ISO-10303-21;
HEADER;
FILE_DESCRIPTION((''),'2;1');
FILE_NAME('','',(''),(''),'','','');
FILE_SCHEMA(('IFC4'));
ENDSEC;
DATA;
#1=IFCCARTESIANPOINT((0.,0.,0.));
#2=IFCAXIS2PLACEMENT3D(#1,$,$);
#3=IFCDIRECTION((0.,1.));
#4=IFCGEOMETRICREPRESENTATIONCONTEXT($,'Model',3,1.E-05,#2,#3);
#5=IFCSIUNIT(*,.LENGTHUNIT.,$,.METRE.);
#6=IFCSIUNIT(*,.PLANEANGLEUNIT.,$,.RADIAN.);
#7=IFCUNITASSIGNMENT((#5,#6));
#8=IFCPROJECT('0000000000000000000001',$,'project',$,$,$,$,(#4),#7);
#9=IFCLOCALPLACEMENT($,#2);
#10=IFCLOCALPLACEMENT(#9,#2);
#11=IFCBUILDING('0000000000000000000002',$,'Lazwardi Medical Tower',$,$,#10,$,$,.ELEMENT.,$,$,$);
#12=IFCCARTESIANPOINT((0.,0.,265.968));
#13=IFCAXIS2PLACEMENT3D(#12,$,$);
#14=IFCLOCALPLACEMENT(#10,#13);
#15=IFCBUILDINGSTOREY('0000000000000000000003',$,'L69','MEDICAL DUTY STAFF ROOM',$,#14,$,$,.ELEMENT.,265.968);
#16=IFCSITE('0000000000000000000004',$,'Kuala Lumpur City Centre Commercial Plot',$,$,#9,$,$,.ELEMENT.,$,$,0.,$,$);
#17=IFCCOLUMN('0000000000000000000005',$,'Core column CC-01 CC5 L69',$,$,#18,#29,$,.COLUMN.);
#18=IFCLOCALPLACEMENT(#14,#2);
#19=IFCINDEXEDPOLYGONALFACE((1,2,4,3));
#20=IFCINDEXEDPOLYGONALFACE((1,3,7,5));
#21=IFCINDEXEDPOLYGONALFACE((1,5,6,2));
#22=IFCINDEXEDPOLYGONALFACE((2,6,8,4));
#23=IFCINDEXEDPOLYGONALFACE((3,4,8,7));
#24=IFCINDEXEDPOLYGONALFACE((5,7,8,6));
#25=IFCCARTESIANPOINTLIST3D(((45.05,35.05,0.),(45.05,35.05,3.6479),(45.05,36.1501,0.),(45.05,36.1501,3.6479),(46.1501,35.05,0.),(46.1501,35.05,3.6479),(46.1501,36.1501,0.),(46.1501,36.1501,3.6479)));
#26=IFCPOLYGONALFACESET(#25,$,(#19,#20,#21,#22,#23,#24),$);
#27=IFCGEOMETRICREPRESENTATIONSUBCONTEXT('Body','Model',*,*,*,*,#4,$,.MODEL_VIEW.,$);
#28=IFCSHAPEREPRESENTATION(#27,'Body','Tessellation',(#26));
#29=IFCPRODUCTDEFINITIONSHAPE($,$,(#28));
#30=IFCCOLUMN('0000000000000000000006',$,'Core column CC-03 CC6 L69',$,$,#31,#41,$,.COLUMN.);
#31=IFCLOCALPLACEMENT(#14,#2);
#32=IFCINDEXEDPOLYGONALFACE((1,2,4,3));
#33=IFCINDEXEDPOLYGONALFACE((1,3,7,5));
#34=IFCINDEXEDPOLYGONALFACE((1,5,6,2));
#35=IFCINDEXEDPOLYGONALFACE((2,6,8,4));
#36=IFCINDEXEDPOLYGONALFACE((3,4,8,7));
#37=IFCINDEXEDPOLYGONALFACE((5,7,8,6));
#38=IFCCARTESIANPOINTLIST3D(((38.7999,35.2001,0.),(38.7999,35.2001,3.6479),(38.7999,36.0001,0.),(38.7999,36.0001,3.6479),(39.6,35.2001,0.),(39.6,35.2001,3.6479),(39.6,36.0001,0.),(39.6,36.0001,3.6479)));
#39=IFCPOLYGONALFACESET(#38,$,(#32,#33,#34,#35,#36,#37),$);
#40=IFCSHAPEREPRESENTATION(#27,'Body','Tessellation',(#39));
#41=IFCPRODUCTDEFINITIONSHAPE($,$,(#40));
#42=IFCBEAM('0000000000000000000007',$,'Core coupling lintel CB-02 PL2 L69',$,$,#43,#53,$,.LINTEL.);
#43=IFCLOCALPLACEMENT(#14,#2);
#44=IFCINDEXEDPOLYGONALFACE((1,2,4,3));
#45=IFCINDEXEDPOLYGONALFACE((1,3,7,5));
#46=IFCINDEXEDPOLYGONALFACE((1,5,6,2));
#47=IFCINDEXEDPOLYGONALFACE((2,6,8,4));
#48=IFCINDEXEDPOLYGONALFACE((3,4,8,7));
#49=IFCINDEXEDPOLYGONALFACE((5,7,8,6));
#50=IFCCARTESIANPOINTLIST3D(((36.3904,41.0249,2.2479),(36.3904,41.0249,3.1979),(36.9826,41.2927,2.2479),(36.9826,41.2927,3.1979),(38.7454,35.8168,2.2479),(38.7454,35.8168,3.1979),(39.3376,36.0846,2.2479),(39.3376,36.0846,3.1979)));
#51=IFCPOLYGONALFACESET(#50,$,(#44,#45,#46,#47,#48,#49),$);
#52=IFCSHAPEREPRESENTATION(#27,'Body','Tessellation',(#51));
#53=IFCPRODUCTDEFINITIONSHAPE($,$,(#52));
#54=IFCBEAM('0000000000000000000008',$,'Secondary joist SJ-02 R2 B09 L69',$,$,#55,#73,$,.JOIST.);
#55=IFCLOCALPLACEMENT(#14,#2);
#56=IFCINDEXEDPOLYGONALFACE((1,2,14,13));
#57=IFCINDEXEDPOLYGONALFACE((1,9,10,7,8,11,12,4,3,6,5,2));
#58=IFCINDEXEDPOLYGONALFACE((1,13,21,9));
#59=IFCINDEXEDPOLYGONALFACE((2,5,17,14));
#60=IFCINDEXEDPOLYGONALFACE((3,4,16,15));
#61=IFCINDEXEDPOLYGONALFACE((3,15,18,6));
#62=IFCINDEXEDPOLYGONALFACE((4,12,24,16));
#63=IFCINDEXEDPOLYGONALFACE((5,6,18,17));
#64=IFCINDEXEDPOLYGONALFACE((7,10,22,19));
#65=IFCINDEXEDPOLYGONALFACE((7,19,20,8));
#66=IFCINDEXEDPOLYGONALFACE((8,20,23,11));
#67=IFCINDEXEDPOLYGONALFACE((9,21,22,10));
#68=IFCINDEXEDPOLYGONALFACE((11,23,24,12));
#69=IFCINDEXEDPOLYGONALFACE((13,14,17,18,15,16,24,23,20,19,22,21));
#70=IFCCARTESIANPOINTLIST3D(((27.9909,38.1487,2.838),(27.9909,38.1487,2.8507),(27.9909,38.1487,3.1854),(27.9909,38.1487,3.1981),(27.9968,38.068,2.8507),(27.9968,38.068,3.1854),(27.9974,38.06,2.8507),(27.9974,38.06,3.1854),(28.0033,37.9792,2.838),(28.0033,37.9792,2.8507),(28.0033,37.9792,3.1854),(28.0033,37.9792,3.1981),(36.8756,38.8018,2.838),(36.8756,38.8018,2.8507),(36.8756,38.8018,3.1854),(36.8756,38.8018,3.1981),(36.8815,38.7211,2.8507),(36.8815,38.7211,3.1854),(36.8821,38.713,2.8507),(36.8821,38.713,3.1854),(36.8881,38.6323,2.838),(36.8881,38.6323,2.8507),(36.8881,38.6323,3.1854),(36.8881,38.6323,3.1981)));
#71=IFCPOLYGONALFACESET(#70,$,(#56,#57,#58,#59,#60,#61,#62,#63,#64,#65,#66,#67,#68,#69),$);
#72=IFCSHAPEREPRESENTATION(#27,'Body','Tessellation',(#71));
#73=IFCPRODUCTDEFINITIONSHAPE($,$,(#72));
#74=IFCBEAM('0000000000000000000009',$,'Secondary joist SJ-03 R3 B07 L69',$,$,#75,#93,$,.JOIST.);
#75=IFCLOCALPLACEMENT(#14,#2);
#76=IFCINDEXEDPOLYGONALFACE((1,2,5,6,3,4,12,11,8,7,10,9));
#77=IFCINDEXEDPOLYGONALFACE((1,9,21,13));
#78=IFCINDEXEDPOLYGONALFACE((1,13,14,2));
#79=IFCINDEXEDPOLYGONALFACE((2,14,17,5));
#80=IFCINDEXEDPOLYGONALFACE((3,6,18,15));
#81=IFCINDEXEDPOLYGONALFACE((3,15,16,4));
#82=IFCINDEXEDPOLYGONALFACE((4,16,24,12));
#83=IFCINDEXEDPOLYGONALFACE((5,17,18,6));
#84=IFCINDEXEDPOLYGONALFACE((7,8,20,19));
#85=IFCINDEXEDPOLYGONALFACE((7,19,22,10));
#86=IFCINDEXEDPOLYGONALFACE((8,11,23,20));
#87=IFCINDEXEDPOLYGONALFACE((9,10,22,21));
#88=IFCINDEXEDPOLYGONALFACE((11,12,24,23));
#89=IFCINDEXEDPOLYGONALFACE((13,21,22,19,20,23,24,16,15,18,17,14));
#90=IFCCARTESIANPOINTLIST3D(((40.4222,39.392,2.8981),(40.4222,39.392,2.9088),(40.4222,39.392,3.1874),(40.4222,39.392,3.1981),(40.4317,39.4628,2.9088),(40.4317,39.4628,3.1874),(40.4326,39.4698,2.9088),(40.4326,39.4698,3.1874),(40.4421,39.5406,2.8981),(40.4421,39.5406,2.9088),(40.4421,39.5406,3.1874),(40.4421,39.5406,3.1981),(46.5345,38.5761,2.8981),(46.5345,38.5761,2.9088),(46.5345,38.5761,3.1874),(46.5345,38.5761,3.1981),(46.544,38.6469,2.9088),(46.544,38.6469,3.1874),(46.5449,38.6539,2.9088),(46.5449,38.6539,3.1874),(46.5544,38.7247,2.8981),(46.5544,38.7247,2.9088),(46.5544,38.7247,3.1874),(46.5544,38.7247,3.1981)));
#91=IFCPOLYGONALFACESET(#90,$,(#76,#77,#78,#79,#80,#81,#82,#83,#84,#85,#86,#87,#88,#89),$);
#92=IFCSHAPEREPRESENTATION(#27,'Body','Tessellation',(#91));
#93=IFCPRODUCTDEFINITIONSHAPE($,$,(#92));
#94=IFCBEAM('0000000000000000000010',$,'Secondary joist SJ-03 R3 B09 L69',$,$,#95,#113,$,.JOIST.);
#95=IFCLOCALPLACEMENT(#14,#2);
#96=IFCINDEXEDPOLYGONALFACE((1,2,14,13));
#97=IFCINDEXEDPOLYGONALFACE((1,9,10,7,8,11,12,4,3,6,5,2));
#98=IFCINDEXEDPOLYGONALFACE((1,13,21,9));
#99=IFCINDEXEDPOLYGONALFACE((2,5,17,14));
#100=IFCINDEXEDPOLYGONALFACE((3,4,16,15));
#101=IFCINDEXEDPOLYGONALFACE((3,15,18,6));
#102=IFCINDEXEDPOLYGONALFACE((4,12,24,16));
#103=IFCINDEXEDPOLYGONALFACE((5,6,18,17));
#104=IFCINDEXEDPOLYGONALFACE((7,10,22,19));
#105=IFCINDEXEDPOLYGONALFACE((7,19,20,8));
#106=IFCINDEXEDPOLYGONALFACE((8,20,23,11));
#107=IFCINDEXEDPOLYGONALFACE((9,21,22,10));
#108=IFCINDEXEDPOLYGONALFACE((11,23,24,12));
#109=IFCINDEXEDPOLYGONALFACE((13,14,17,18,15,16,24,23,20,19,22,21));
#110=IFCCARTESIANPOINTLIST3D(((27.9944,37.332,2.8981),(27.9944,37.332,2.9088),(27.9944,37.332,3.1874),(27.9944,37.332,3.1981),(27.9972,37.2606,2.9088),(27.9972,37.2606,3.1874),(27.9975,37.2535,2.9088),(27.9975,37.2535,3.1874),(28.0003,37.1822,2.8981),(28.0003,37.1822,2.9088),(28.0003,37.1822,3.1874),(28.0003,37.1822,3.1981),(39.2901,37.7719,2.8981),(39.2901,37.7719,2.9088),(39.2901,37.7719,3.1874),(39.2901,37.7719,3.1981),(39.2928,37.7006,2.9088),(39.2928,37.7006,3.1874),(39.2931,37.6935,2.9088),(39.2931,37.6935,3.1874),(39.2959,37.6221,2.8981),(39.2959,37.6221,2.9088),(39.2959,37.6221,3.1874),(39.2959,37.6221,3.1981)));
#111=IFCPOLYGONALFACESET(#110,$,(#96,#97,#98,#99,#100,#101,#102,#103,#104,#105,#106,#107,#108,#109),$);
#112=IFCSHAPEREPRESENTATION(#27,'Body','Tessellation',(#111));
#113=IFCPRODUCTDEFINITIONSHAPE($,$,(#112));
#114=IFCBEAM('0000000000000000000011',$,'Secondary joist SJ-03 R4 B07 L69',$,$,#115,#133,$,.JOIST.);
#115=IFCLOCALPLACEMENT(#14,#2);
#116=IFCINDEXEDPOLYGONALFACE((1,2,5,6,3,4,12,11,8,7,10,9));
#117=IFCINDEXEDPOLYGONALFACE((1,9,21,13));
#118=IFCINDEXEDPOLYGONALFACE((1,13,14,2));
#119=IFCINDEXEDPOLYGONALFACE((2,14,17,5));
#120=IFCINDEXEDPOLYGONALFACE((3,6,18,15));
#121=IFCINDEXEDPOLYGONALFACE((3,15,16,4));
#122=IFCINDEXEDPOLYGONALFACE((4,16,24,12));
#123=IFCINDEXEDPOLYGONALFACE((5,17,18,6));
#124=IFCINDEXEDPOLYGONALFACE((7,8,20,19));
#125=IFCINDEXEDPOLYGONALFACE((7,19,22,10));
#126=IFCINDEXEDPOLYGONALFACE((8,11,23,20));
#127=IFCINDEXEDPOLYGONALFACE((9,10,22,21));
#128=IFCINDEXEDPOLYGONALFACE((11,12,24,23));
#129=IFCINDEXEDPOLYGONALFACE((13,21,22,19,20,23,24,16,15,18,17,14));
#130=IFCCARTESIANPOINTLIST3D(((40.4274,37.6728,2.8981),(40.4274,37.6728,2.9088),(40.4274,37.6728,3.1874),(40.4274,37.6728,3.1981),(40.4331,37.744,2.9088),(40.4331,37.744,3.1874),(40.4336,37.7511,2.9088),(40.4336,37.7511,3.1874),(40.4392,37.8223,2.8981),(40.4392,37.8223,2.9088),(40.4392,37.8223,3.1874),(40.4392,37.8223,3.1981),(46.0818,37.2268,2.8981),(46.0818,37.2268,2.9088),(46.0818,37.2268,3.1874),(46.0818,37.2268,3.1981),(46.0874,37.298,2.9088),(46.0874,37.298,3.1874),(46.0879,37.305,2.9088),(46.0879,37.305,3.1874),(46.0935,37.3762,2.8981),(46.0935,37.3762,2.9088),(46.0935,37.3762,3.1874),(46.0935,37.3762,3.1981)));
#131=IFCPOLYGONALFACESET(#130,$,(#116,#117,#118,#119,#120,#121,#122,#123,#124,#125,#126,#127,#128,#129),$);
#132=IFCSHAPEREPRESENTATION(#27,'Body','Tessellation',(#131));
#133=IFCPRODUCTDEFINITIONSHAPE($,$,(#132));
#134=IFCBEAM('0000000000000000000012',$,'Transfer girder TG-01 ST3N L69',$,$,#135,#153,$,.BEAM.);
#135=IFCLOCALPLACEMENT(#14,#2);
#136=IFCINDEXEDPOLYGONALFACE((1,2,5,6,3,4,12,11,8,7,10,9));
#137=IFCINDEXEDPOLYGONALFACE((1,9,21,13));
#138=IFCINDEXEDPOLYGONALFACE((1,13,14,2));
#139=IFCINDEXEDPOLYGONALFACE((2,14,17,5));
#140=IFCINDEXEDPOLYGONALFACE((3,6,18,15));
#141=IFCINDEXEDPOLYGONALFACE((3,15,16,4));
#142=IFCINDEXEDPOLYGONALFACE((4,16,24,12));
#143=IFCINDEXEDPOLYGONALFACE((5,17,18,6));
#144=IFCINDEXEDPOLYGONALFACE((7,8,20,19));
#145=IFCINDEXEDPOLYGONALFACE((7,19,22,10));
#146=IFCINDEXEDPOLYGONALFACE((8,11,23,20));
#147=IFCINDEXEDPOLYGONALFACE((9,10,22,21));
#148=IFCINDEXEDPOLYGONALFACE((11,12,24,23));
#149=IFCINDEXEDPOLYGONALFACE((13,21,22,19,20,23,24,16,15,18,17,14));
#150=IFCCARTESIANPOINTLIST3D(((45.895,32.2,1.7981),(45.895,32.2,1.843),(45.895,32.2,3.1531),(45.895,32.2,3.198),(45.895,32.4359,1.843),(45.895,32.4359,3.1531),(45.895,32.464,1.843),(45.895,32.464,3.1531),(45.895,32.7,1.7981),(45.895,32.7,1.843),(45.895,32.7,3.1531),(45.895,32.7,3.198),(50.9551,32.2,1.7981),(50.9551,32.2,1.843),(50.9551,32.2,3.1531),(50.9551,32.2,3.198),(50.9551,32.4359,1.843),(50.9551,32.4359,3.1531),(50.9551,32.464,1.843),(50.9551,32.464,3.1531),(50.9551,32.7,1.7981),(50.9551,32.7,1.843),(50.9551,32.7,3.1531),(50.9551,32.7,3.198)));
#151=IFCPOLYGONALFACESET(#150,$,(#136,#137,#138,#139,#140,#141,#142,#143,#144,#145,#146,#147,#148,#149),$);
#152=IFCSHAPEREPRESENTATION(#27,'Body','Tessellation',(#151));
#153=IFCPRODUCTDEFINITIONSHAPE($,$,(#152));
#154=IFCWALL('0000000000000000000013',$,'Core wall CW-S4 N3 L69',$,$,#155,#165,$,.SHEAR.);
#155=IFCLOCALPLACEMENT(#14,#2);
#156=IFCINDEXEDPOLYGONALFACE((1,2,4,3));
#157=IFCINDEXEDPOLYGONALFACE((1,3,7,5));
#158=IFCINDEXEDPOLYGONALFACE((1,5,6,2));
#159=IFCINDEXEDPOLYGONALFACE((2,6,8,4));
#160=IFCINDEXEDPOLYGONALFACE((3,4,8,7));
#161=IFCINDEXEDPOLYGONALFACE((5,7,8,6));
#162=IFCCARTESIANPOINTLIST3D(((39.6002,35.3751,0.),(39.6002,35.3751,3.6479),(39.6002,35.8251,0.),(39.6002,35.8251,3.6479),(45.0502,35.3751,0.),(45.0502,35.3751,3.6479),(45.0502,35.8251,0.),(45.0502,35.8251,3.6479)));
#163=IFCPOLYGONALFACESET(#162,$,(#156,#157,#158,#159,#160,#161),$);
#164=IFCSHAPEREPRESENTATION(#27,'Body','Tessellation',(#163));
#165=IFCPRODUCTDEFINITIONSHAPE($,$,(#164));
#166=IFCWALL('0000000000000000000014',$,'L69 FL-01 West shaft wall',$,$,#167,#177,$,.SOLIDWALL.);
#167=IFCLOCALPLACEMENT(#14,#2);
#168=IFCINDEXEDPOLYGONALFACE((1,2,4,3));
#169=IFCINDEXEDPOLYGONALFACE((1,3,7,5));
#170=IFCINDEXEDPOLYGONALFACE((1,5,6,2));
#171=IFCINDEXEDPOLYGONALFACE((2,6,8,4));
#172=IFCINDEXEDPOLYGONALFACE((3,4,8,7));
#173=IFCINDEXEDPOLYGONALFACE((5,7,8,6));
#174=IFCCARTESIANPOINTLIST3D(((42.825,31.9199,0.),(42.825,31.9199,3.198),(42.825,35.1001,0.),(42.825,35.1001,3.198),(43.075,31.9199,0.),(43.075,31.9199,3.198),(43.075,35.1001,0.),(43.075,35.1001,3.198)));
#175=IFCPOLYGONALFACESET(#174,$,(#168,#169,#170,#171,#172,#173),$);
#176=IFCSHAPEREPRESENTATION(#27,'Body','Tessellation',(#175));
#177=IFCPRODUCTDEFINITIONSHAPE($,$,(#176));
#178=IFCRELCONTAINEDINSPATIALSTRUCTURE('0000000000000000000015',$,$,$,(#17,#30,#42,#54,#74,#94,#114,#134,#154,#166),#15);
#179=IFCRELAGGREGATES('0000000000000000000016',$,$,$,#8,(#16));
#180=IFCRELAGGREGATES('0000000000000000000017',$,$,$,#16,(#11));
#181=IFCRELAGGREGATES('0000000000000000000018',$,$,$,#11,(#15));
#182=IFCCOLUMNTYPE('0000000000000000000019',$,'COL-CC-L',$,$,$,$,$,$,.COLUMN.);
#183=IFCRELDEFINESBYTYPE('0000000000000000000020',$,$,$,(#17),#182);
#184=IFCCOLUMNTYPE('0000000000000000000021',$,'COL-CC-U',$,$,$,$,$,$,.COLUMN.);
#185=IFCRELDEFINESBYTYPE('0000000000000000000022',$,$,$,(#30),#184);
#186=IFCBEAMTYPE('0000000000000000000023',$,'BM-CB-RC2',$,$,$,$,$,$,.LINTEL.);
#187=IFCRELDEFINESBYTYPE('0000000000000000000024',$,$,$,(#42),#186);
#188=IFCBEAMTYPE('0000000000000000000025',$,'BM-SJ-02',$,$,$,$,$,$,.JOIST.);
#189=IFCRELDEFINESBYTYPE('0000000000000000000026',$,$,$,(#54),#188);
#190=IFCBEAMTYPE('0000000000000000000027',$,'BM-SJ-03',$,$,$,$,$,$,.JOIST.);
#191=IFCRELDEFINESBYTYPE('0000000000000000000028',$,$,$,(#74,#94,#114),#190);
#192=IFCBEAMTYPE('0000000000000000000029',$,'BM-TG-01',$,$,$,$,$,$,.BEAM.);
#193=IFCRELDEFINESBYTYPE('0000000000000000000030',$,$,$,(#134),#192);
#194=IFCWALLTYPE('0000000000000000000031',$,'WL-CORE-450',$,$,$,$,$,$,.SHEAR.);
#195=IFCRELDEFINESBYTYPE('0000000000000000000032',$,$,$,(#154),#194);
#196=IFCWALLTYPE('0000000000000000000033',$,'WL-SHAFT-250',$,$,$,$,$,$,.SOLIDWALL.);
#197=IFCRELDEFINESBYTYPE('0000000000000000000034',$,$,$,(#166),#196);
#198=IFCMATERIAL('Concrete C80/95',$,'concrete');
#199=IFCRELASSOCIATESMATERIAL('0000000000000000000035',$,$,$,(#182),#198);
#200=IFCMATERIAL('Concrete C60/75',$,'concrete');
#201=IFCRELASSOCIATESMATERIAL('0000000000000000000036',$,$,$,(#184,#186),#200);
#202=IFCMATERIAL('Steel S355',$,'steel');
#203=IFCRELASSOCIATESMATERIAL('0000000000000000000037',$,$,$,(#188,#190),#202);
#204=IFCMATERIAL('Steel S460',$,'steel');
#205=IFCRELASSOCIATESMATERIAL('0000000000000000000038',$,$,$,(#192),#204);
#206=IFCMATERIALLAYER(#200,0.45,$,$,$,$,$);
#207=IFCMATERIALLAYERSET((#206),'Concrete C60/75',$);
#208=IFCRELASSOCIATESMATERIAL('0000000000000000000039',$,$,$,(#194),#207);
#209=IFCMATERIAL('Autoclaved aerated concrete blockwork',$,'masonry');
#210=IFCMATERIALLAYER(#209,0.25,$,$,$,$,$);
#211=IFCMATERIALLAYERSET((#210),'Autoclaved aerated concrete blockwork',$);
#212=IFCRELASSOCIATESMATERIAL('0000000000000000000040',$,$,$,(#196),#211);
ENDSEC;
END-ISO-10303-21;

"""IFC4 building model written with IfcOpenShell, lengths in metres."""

from ifc_helpers import new_model, si_unit, direction, frame, frame_2d, origin, origin_2d, place, context, subcontext, project, spatial, rectangle, i_section, extrude, material, layer, layer_set, material_profile, profile_set, type_object, element, save


model = new_model("IFC4")

# Units and contexts
model_context = context("Model", 3, precision=1e-05, world=origin(), true_north=direction((0.0, 1.0)))
body_context = subcontext(model_context, "Body", "Model", "MODEL_VIEW")
ifc_project = project(units=[si_unit("LENGTHUNIT", "METRE"), si_unit("PLANEANGLEUNIT", "RADIAN")], contexts=[model_context])

# Site, building, storey
site_placement = place(None, origin())
site = spatial("IfcSite", under=ifc_project, at=site_placement, Name="Kuala Lumpur City Centre Commercial Plot", CompositionType="ELEMENT", RefElevation=0.0)
building_placement = place(site_placement, origin())
building = spatial("IfcBuilding", under=site, at=building_placement, Name="Lazwardi Medical Tower", CompositionType="ELEMENT")
storey_placement = place(building_placement, frame((0.0, 0.0, 265.968)))
storey = spatial("IfcBuildingStorey", under=building, at=storey_placement, Name="L69", Description="MEDICAL DUTY STAFF ROOM", CompositionType="ELEMENT", Elevation=265.968)

# Columns
ifc_material_1 = material(Name="Concrete C80/95", Category="concrete")
ifc_material_profile_1 = material_profile(ifc_material_1, rectangle(XDim=1.1001, YDim=1.1001, at=origin_2d()), Name="RC 1100x1100")
ifc_profile_set_1 = profile_set([ifc_material_profile_1], Name="Concrete C80/95")
column_type_1 = type_object("IfcColumnType", Name="COL-CC-L", PredefinedType="COLUMN", material=ifc_profile_set_1)
column_1_placement = place(storey_placement, frame((45.6001, 35.6001, 0.0), z_axis=(0.0, 0.0, 1.0), x_axis=(1.0, 0.0, 0.0)))
element("IfcColumn", 1, at=column_1_placement, inside=storey, type_object=column_type_1, Name="Core column CC-01 CC5 L69", PredefinedType="COLUMN", context=body_context, shape_type="SweptSolid", body=[
    extrude(rectangle(XDim=1.1001, YDim=1.1001, at=origin_2d()), origin(), (0.0, 0.0, 1.0), 3.6479),
])
ifc_material_2 = material(Name="Concrete C60/75", Category="concrete")
ifc_material_profile_2 = material_profile(ifc_material_2, rectangle(XDim=0.8, YDim=0.8, at=origin_2d()), Name="RC 800x800")
ifc_profile_set_2 = profile_set([ifc_material_profile_2], Name="Concrete C60/75")
column_type_2 = type_object("IfcColumnType", Name="COL-CC-U", PredefinedType="COLUMN", material=ifc_profile_set_2)
column_2_placement = place(storey_placement, frame((39.2, 35.6001, 0.0), z_axis=(0.0, 0.0, 1.0), x_axis=(1.0, 0.0, 0.0)))
element("IfcColumn", 2, at=column_2_placement, inside=storey, type_object=column_type_2, Name="Core column CC-03 CC6 L69", PredefinedType="COLUMN", context=body_context, shape_type="SweptSolid", body=[
    extrude(rectangle(XDim=0.8, YDim=0.8, at=origin_2d()), origin(), (0.0, 0.0, 1.0), 3.6479),
])

# Beams
ifc_material_profile_3 = material_profile(ifc_material_2, rectangle(XDim=0.6499, YDim=0.95, at=origin_2d()), Name="RC 650x950")
ifc_profile_set_3 = profile_set([ifc_material_profile_3], Name="Concrete C60/75")
beam_type_1 = type_object("IfcBeamType", Name="BM-CB-RC2", PredefinedType="LINTEL", material=ifc_profile_set_3)
beam_1_placement = place(storey_placement, frame((39.0415, 35.9507, 2.7229), z_axis=(-0.412019, 0.911175, 0.0), x_axis=(-0.911175, -0.412019, 0.0)))
element("IfcBeam", 3, at=beam_1_placement, inside=storey, type_object=beam_type_1, Name="Core coupling lintel CB-02 PL2 L69", PredefinedType="LINTEL", context=body_context, shape_type="SweptSolid", body=[
    extrude(rectangle(XDim=0.6499, YDim=0.95, at=origin_2d()), origin(), (0.0, 0.0, 1.0), 5.7158),
])
ifc_material_3 = material(Name="Steel S355", Category="steel")
ifc_material_profile_4 = material_profile(ifc_material_3, i_section(OverallWidth=0.1699, OverallDepth=0.3601, WebThickness=0.0081, FlangeThickness=0.0127, at=origin_2d()), Name="IPE 360")
ifc_profile_set_4 = profile_set([ifc_material_profile_4], Name="Steel S355")
beam_type_2 = type_object("IfcBeamType", Name="BM-SJ-02", PredefinedType="JOIST", material=ifc_profile_set_4)
beam_2_placement = place(storey_placement, frame((36.8818, 38.717, 3.0181), z_axis=(-0.997309, -0.073307, 0.0), x_axis=(0.073307, -0.997309, 0.0)))
element("IfcBeam", 4, at=beam_2_placement, inside=storey, type_object=beam_type_2, Name="Secondary joist SJ-02 R2 B09 L69", PredefinedType="JOIST", context=body_context, shape_type="SweptSolid", body=[
    extrude(i_section(OverallWidth=0.1699, OverallDepth=0.3601, WebThickness=0.0081, FlangeThickness=0.0127, at=origin_2d()), origin(), (0.0, 0.0, 1.0), 8.9087),
])
ifc_material_profile_5 = material_profile(ifc_material_3, i_section(OverallWidth=0.1499, OverallDepth=0.3, WebThickness=0.0071, FlangeThickness=0.0107, at=origin_2d()), Name="IPE 300")
ifc_profile_set_5 = profile_set([ifc_material_profile_5], Name="Steel S355")
beam_type_3 = type_object("IfcBeamType", Name="BM-SJ-03", PredefinedType="JOIST", material=ifc_profile_set_5)
beam_3_placement = place(storey_placement, frame((46.5444, 38.6504, 3.0481), z_axis=(-0.991208, 0.132314, 0.0), x_axis=(-0.132314, -0.991208, 0.0)))
element("IfcBeam", 5, at=beam_3_placement, inside=storey, type_object=beam_type_3, Name="Secondary joist SJ-03 R3 B07 L69", PredefinedType="JOIST", context=body_context, shape_type="SweptSolid", body=[
    extrude(i_section(OverallWidth=0.1499, OverallDepth=0.3, WebThickness=0.0071, FlangeThickness=0.0107, at=origin_2d()), origin(), (0.0, 0.0, 1.0), 6.1665),
])
beam_4_placement = place(storey_placement, frame((39.293, 37.697, 3.0481), z_axis=(-0.999242, -0.038918, 0.0), x_axis=(0.038918, -0.999242, 0.0)))
element("IfcBeam", 6, at=beam_4_placement, inside=storey, type_object=beam_type_3, Name="Secondary joist SJ-03 R3 B09 L69", PredefinedType="JOIST", context=body_context, shape_type="SweptSolid", body=[
    extrude(i_section(OverallWidth=0.1499, OverallDepth=0.3, WebThickness=0.0071, FlangeThickness=0.0107, at=origin_2d()), origin(), (0.0, 0.0, 1.0), 11.3042),
])
beam_5_placement = place(storey_placement, frame((46.0876, 37.3015, 3.0481), z_axis=(-0.996903, 0.078642, 0.0), x_axis=(-0.078642, -0.996903, 0.0)))
element("IfcBeam", 7, at=beam_5_placement, inside=storey, type_object=beam_type_3, Name="Secondary joist SJ-03 R4 B07 L69", PredefinedType="JOIST", context=body_context, shape_type="SweptSolid", body=[
    extrude(i_section(OverallWidth=0.1499, OverallDepth=0.3, WebThickness=0.0071, FlangeThickness=0.0107, at=origin_2d()), origin(), (0.0, 0.0, 1.0), 5.6719),
])
ifc_material_4 = material(Name="Steel S460", Category="steel")
ifc_material_profile_6 = material_profile(ifc_material_4, i_section(OverallWidth=0.5, OverallDepth=1.3999, WebThickness=0.0281, FlangeThickness=0.0449, at=origin_2d()), Name="PG 1400x500")
ifc_profile_set_6 = profile_set([ifc_material_profile_6], Name="Steel S460")
beam_type_4 = type_object("IfcBeamType", Name="BM-TG-01", PredefinedType="BEAM", material=ifc_profile_set_6)
beam_6_placement = place(storey_placement, frame((45.895, 32.45, 2.498), z_axis=(1.0, 0.0, 0.0), x_axis=(0.0, 1.0, 0.0)))
element("IfcBeam", 8, at=beam_6_placement, inside=storey, type_object=beam_type_4, Name="Transfer girder TG-01 ST3N L69", PredefinedType="BEAM", context=body_context, shape_type="SweptSolid", body=[
    extrude(i_section(OverallWidth=0.5, OverallDepth=1.3999, WebThickness=0.0281, FlangeThickness=0.0449, at=origin_2d()), origin(), (0.0, 0.0, 1.0), 5.0601),
])

# Walls
ifc_layer_1 = layer(ifc_material_2, 0.45)
ifc_layer_set_1 = layer_set([ifc_layer_1], Name="Concrete C60/75")
wall_type_1 = type_object("IfcWallType", Name="WL-CORE-450", PredefinedType="SHEAR", material=ifc_layer_set_1)
wall_1_placement = place(storey_placement, frame((39.6001, 35.6001, 0.0), z_axis=(0.0, 0.0, 1.0), x_axis=(1.0, 0.0, 0.0)))
element("IfcWall", 9, at=wall_1_placement, inside=storey, type_object=wall_type_1, Name="Core wall CW-S4 N3 L69", PredefinedType="SHEAR", context=body_context, shape_type="SweptSolid", body=[
    extrude(rectangle(XDim=5.45, YDim=0.45, at=frame_2d((2.7251, 0.0))), origin(), (0.0, 0.0, 1.0), 3.6479),
])
ifc_material_5 = material(Name="Autoclaved aerated concrete blockwork", Category="masonry")
ifc_layer_2 = layer(ifc_material_5, 0.25)
ifc_layer_set_2 = layer_set([ifc_layer_2], Name="Autoclaved aerated concrete blockwork")
wall_type_2 = type_object("IfcWallType", Name="WL-SHAFT-250", PredefinedType="SOLIDWALL", material=ifc_layer_set_2)
wall_2_placement = place(storey_placement, frame((42.95, 31.9199, 0.0), z_axis=(0.0, 0.0, 1.0), x_axis=(0.0, 1.0, 0.0)))
element("IfcWall", 10, at=wall_2_placement, inside=storey, type_object=wall_type_2, Name="L69 FL-01 West shaft wall", PredefinedType="SOLIDWALL", context=body_context, shape_type="SweptSolid", body=[
    extrude(rectangle(XDim=3.1802, YDim=0.25, at=frame_2d((1.5901, 0.0))), origin(), (0.0, 0.0, 1.0), 3.198),
])

save(model, "model.ifc")
